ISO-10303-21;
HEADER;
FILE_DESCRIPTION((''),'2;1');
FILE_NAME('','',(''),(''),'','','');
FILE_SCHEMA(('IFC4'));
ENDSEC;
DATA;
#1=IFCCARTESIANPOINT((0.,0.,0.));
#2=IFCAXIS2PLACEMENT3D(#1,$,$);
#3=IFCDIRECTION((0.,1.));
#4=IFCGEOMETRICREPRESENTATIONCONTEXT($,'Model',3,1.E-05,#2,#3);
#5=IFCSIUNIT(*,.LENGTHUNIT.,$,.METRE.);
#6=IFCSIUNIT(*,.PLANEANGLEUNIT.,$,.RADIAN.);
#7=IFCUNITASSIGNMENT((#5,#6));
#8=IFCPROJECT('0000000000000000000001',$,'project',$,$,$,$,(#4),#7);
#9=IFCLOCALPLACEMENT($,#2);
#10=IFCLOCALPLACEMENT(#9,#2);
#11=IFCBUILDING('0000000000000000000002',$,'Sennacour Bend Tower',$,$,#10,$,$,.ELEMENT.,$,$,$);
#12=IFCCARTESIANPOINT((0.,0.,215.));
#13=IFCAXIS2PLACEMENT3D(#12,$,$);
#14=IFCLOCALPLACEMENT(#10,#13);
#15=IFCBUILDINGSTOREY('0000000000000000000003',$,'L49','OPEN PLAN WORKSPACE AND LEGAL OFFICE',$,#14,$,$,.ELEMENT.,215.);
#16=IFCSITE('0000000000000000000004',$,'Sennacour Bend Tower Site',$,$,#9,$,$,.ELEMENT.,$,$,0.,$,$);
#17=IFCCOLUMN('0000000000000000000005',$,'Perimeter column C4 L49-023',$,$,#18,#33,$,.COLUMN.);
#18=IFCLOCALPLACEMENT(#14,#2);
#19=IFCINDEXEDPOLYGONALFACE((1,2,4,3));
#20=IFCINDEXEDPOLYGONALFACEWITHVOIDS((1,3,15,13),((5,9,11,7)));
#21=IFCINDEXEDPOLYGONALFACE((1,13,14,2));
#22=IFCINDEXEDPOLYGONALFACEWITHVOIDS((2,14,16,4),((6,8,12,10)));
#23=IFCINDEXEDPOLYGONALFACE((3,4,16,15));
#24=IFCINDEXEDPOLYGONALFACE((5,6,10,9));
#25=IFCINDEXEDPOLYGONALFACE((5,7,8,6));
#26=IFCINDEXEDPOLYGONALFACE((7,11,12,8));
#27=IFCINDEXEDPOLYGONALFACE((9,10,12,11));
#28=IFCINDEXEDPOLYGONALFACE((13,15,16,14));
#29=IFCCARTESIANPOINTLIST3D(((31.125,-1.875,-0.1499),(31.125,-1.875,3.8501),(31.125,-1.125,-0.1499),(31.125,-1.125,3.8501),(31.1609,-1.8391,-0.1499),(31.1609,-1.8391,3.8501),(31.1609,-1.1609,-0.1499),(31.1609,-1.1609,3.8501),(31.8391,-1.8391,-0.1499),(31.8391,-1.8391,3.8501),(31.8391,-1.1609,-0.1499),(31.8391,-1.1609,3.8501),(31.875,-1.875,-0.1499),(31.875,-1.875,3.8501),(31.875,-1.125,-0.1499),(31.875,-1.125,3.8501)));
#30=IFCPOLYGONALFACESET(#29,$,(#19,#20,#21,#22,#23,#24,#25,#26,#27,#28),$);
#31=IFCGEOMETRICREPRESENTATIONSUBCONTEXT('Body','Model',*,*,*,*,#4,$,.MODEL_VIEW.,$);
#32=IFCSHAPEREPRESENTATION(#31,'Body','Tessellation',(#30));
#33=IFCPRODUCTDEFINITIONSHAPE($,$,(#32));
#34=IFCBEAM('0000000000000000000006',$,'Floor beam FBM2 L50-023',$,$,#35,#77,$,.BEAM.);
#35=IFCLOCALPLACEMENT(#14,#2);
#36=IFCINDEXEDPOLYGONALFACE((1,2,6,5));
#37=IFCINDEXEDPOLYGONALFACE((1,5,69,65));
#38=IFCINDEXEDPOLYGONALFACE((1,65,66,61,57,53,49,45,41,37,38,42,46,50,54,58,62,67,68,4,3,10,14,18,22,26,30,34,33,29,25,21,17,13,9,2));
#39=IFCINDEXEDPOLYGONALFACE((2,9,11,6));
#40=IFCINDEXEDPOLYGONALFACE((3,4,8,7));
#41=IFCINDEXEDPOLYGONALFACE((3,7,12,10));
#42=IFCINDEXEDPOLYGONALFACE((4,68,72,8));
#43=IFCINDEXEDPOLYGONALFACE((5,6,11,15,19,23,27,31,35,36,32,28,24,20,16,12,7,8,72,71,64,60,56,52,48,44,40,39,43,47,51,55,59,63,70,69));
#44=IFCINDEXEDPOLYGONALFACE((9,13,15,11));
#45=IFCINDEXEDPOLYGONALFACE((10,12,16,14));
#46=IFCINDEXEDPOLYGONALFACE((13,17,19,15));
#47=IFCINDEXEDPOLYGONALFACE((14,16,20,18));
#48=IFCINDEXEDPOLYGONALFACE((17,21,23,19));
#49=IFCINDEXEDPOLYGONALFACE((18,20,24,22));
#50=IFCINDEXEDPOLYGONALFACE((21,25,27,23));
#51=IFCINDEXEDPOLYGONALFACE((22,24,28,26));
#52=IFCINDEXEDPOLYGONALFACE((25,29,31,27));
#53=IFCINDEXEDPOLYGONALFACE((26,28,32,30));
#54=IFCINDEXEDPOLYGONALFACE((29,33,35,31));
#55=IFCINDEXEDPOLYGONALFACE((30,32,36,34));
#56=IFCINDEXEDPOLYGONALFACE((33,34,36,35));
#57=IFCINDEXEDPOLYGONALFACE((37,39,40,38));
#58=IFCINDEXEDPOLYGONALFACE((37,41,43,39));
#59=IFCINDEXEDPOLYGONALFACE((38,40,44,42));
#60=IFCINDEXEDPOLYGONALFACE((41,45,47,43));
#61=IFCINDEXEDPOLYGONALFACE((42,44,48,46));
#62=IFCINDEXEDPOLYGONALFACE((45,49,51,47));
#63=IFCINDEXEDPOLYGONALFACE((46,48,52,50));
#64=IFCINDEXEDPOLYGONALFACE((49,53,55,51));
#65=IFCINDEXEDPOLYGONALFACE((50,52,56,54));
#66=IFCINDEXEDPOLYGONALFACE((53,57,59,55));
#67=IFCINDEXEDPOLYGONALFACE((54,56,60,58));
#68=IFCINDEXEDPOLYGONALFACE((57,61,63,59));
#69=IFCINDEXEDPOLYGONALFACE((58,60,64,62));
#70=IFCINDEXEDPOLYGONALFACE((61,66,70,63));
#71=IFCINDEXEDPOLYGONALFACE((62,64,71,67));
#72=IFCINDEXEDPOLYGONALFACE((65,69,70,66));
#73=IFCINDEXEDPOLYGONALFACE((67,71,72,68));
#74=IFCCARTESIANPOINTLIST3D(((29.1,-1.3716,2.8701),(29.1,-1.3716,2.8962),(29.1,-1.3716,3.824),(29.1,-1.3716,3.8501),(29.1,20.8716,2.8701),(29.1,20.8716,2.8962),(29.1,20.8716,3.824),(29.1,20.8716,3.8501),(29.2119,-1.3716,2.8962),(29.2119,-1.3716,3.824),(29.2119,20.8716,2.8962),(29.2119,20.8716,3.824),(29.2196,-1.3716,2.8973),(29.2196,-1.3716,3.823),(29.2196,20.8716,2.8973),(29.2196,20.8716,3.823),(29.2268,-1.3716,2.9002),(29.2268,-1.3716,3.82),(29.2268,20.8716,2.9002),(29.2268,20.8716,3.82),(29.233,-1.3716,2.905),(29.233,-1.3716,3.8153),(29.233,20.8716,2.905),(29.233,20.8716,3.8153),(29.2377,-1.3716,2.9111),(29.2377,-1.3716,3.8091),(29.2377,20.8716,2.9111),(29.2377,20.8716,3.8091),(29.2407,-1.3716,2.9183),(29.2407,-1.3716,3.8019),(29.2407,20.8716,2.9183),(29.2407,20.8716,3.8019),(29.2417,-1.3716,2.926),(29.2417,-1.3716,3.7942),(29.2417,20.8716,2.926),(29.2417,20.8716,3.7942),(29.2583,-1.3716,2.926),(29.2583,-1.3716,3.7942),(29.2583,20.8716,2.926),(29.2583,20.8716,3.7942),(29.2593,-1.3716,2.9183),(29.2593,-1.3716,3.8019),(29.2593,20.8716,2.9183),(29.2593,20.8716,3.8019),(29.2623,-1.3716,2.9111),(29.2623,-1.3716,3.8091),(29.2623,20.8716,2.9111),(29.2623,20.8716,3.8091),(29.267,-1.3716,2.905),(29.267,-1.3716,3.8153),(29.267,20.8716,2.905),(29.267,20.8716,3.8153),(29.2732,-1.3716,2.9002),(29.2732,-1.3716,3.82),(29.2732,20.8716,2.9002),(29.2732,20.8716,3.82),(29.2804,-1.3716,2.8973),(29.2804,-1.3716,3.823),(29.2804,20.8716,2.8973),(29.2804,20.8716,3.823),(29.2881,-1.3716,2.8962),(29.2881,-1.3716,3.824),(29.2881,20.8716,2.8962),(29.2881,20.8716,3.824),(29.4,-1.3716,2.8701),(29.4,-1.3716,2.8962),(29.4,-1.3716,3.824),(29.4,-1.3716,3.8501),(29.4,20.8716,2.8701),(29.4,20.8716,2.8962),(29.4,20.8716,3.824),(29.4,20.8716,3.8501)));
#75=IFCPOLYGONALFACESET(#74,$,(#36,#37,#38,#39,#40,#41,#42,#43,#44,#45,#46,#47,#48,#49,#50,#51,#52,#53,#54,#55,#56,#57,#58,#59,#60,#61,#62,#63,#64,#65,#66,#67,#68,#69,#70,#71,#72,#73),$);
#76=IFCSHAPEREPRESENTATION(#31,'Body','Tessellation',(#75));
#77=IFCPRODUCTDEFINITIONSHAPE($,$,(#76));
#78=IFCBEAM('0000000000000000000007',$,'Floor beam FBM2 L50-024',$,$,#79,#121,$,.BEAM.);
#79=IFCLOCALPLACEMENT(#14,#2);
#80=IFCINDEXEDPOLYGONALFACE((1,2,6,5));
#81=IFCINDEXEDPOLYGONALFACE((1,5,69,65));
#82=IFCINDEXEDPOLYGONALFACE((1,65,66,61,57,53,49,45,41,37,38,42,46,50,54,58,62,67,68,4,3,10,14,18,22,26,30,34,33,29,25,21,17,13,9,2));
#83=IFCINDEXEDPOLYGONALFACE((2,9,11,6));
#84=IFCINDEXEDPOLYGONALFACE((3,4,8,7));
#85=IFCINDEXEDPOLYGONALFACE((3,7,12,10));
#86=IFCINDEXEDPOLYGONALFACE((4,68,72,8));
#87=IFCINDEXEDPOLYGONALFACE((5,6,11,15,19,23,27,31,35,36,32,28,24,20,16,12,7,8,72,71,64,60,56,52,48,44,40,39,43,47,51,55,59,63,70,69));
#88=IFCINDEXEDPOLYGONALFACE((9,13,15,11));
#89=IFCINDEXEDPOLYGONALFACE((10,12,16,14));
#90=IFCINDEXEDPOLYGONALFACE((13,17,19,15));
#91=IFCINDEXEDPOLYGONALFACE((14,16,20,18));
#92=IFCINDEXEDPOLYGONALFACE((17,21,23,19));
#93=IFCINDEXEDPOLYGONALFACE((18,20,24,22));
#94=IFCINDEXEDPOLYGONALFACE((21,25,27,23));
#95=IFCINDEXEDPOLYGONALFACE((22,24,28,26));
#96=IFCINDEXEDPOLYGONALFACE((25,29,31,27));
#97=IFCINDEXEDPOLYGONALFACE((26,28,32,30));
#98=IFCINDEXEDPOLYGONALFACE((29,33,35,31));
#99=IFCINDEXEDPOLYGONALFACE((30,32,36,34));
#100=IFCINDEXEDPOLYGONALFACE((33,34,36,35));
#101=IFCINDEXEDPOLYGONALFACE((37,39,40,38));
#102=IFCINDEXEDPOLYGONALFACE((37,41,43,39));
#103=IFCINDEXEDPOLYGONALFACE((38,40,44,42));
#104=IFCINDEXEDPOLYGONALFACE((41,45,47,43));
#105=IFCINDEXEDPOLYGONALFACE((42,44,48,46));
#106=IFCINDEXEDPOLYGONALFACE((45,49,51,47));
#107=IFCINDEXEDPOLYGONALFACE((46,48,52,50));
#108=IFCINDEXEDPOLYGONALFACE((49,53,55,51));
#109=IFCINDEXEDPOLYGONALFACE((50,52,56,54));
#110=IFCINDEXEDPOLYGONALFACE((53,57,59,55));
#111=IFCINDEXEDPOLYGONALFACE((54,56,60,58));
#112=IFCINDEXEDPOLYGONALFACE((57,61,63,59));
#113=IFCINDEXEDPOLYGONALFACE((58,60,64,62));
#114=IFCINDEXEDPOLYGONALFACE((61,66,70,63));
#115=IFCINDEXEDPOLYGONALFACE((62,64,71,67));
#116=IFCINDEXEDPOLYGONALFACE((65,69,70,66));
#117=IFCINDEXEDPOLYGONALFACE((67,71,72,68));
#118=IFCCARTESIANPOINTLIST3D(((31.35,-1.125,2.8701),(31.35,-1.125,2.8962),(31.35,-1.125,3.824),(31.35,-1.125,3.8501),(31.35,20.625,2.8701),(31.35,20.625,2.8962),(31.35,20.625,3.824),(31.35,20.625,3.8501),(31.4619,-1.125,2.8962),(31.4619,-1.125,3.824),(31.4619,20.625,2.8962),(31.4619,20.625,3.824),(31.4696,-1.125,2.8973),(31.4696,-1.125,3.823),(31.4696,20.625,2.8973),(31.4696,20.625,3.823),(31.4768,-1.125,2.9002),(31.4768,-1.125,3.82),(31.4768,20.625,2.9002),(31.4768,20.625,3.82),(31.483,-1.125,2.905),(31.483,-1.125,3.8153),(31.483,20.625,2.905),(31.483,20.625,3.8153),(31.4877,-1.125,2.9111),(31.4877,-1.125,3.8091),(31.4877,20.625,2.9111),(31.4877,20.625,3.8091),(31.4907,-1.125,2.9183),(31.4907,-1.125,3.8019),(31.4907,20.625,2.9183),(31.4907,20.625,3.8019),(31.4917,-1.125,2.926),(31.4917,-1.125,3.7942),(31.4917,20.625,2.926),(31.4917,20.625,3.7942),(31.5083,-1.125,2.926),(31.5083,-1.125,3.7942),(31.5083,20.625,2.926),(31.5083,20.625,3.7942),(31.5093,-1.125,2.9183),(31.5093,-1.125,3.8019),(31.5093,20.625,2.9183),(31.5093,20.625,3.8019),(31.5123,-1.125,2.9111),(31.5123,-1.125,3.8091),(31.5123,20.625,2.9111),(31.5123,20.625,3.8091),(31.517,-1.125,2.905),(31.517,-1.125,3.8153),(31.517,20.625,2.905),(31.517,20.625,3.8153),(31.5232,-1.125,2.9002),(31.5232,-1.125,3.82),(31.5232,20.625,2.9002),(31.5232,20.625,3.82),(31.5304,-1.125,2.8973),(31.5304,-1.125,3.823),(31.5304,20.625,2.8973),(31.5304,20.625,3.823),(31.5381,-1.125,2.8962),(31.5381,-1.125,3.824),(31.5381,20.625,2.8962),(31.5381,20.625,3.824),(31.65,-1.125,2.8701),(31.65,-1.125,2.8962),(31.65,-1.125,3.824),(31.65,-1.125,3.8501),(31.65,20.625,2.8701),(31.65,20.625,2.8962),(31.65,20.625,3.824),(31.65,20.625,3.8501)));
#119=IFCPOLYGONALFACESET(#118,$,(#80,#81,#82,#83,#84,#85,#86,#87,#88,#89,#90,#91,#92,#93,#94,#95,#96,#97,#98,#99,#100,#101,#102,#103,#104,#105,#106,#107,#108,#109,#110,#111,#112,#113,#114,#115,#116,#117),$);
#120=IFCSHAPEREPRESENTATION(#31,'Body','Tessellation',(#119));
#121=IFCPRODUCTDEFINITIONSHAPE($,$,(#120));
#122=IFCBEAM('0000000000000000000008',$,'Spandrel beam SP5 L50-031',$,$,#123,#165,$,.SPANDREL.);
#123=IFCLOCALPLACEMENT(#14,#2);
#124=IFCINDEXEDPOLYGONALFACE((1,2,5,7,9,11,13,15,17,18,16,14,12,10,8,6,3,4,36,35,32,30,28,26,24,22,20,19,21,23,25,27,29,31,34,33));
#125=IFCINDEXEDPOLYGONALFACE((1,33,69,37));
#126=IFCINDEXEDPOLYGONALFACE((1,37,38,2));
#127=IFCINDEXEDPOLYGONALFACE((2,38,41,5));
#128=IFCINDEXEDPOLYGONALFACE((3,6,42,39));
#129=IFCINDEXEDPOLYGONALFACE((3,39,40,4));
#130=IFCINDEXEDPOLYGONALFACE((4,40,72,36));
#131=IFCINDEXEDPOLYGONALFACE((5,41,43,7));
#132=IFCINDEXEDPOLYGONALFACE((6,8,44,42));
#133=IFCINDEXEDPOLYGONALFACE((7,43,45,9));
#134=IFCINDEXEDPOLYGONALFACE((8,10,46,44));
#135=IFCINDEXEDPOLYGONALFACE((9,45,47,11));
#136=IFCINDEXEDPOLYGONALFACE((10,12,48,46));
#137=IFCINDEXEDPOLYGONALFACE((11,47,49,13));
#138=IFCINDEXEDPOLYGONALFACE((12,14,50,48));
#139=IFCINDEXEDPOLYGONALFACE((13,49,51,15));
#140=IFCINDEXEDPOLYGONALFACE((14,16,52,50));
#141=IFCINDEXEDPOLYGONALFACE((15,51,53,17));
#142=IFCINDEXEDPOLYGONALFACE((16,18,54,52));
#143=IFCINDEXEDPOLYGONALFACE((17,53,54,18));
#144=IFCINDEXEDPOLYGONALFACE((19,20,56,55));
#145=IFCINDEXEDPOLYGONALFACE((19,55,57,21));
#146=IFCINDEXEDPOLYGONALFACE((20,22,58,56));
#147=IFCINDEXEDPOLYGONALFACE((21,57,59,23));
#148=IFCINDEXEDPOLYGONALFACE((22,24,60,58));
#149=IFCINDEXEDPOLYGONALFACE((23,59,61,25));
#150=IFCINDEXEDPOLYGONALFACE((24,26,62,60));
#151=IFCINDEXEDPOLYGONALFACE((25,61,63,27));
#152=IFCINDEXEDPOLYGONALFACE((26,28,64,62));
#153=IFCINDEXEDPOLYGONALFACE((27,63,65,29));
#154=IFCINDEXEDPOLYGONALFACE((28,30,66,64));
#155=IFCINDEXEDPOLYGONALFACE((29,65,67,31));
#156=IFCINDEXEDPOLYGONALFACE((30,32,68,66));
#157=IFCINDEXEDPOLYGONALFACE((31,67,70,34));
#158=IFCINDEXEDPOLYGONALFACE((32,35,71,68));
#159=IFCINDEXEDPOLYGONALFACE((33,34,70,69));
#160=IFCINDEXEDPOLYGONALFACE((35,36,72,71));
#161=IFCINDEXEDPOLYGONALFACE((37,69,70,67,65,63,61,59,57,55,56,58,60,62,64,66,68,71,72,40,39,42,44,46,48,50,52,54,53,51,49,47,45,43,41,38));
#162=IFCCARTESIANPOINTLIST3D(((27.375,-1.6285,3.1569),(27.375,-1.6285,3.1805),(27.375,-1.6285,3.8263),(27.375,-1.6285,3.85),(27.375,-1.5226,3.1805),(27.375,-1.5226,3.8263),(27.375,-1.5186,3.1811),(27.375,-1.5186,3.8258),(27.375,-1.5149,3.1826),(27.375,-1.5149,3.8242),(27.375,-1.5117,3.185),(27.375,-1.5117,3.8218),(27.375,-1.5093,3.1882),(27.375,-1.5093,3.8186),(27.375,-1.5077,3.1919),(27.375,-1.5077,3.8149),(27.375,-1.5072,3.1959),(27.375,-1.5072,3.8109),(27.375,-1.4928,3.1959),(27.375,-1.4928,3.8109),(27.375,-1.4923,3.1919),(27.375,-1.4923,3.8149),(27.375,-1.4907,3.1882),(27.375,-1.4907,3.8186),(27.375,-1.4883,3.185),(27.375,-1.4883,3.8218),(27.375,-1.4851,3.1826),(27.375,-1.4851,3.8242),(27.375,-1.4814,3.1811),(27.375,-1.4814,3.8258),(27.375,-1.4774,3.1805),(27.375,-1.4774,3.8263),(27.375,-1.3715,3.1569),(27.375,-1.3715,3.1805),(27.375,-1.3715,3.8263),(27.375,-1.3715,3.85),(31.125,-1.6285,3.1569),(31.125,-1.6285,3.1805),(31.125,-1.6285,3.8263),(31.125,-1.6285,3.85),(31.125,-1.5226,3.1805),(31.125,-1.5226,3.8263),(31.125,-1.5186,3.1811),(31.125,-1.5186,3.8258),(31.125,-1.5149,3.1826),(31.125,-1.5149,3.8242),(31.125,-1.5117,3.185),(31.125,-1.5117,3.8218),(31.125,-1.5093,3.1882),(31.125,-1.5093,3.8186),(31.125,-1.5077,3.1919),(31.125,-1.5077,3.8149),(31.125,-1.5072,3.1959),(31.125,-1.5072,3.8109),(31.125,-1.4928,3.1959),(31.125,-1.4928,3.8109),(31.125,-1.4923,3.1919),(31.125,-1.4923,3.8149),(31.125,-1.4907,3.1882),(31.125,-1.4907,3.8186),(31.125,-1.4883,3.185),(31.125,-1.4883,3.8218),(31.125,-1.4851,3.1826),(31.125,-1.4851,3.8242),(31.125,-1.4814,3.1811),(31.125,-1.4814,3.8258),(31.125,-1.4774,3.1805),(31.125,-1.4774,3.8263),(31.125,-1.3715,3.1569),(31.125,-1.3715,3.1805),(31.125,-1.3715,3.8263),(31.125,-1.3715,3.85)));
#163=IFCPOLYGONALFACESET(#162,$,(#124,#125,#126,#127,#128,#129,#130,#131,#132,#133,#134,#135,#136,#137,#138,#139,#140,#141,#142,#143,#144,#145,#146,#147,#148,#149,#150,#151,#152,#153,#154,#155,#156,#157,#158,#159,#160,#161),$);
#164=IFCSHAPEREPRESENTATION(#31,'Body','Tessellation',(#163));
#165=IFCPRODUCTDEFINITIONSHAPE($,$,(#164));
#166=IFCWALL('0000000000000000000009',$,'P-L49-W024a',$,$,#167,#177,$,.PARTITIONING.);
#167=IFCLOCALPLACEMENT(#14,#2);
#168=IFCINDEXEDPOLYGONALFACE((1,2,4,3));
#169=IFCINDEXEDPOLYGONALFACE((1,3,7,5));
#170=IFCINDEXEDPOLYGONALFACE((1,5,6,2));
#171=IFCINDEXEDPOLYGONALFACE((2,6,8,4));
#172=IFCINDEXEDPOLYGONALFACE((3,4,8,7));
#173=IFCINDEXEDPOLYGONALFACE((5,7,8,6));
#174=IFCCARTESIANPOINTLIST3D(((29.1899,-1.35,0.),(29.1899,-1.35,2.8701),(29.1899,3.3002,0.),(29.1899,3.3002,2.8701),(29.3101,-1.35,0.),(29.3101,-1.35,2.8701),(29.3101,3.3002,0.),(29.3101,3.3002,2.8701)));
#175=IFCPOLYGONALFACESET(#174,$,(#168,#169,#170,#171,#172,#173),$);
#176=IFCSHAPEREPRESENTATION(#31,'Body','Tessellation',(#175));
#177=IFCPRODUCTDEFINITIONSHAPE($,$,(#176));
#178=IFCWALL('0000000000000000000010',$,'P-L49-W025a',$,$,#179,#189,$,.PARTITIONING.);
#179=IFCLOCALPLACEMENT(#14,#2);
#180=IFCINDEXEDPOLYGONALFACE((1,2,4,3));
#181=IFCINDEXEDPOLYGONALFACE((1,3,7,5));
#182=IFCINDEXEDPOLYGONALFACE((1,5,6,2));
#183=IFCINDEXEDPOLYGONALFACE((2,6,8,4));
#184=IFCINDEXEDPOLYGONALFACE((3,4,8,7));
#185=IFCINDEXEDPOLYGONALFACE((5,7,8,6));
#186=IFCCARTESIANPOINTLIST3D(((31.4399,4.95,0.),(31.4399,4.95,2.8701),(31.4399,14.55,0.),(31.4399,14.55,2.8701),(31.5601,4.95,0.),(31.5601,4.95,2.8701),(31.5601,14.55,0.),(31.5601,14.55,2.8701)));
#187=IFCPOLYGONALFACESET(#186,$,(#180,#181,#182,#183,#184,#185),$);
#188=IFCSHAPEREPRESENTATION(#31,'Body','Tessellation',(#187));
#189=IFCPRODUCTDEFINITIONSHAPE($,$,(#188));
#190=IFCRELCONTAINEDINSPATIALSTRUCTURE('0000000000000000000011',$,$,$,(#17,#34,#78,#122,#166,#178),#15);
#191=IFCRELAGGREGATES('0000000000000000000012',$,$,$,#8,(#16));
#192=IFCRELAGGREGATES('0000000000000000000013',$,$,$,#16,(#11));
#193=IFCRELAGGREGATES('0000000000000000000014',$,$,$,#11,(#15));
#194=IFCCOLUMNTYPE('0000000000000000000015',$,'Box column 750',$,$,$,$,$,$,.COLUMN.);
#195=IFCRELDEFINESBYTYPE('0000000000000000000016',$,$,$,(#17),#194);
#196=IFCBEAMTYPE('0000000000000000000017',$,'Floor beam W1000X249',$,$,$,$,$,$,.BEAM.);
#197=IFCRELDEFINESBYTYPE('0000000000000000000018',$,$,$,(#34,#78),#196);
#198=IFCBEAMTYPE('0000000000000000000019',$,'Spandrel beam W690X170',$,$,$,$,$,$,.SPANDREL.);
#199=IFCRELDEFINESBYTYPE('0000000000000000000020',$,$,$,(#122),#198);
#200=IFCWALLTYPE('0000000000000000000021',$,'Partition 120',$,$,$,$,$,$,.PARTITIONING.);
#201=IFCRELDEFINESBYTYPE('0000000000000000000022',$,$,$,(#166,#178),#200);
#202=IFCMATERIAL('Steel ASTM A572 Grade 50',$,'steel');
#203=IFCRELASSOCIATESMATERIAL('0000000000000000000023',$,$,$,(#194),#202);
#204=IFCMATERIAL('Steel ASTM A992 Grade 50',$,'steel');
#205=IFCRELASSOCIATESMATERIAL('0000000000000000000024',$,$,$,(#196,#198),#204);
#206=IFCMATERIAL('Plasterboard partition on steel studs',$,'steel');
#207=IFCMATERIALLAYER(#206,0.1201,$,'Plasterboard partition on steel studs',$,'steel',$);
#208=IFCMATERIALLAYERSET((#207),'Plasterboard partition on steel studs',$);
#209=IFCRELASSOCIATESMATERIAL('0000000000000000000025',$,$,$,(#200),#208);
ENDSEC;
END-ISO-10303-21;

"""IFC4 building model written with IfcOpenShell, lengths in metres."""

from ifc_helpers import new_model, si_unit, direction, frame, frame_2d, origin, origin_2d, place, context, subcontext, project, spatial, rectangle, hollow_rectangle, i_section, extrude, material, layer, layer_set, material_profile, profile_set, type_object, element, save


model = new_model("IFC4")

# Units and contexts
model_context = context("Model", 3, precision=1e-05, world=origin(), true_north=direction((0.0, 1.0)))
body_context = subcontext(model_context, "Body", "Model", "MODEL_VIEW")
ifc_project = project(units=[si_unit("LENGTHUNIT", "METRE"), si_unit("PLANEANGLEUNIT", "RADIAN")], contexts=[model_context])

# Site, building, storey
site_placement = place(None, origin())
site = spatial("IfcSite", under=ifc_project, at=site_placement, Name="Sennacour Bend Tower Site", CompositionType="ELEMENT", RefElevation=0.0)
building_placement = place(site_placement, origin())
building = spatial("IfcBuilding", under=site, at=building_placement, Name="Sennacour Bend Tower", CompositionType="ELEMENT")
storey_placement = place(building_placement, frame((0.0, 0.0, 215.0)))
storey = spatial("IfcBuildingStorey", under=building, at=storey_placement, Name="L49", Description="OPEN PLAN WORKSPACE AND LEGAL OFFICE", CompositionType="ELEMENT", Elevation=215.0)

# Column
ifc_material_1 = material(Name="Steel ASTM A572 Grade 50", Category="steel")
ifc_material_profile_1 = material_profile(ifc_material_1, hollow_rectangle(XDim=0.75, YDim=0.75, WallThickness=0.0359, at=origin_2d()), Name="Steel ASTM A572 Grade 50", Category="steel")
ifc_profile_set_1 = profile_set([ifc_material_profile_1], Name="Steel ASTM A572 Grade 50")
column_type = type_object("IfcColumnType", Name="Box column 750", PredefinedType="COLUMN", material=ifc_profile_set_1)
column_placement = place(storey_placement, frame((31.5, -1.5, -0.1499), z_axis=(0.0, 0.0, 1.0), x_axis=(1.0, 0.0, 0.0)))
element("IfcColumn", 1, at=column_placement, inside=storey, type_object=column_type, Name="Perimeter column C4 L49-023", PredefinedType="COLUMN", context=body_context, shape_type="SweptSolid", body=[
    extrude(hollow_rectangle(XDim=0.75, YDim=0.75, WallThickness=0.0359, at=origin_2d()), origin(), (0.0, 0.0, 1.0), 4.0),
])

# Beams
ifc_material_2 = material(Name="Steel ASTM A992 Grade 50", Category="steel")
ifc_material_profile_2 = material_profile(ifc_material_2, i_section(OverallWidth=0.3, OverallDepth=0.98, WebThickness=0.0166, FlangeThickness=0.0261, FilletRadius=0.0298, at=origin_2d()), Name="Steel ASTM A992 Grade 50", Category="steel")
ifc_profile_set_2 = profile_set([ifc_material_profile_2], Name="Steel ASTM A992 Grade 50")
beam_type_1 = type_object("IfcBeamType", Name="Floor beam W1000X249", PredefinedType="BEAM", material=ifc_profile_set_2)
beam_1_placement = place(storey_placement, frame((29.25, -1.3716, 3.3601), z_axis=(0.0, 1.0, 0.0), x_axis=(-1.0, 0.0, 0.0)))
element("IfcBeam", 2, at=beam_1_placement, inside=storey, type_object=beam_type_1, Name="Floor beam FBM2 L50-023", PredefinedType="BEAM", context=body_context, shape_type="SweptSolid", body=[
    extrude(i_section(OverallWidth=0.3, OverallDepth=0.98, WebThickness=0.0166, FlangeThickness=0.0261, FilletRadius=0.0298, at=origin_2d()), origin(), (0.0, 0.0, 1.0), 22.2432),
])
beam_2_placement = place(storey_placement, frame((31.5, -1.125, 3.3601), z_axis=(0.0, 1.0, 0.0), x_axis=(-1.0, 0.0, 0.0)))
element("IfcBeam", 3, at=beam_2_placement, inside=storey, type_object=beam_type_1, Name="Floor beam FBM2 L50-024", PredefinedType="BEAM", context=body_context, shape_type="SweptSolid", body=[
    extrude(i_section(OverallWidth=0.3, OverallDepth=0.98, WebThickness=0.0166, FlangeThickness=0.0261, FilletRadius=0.0298, at=origin_2d()), origin(), (0.0, 0.0, 1.0), 21.75),
])
ifc_material_profile_3 = material_profile(ifc_material_2, i_section(OverallWidth=0.2571, OverallDepth=0.6931, WebThickness=0.0144, FlangeThickness=0.0237, FilletRadius=0.0154, at=origin_2d()), Name="Steel ASTM A992 Grade 50", Category="steel")
ifc_profile_set_3 = profile_set([ifc_material_profile_3], Name="Steel ASTM A992 Grade 50")
beam_type_2 = type_object("IfcBeamType", Name="Spandrel beam W690X170", PredefinedType="SPANDREL", material=ifc_profile_set_3)
beam_3_placement = place(storey_placement, frame((31.125, -1.5, 3.5034), z_axis=(-1.0, 0.0, 0.0), x_axis=(0.0, -1.0, 0.0)))
element("IfcBeam", 4, at=beam_3_placement, inside=storey, type_object=beam_type_2, Name="Spandrel beam SP5 L50-031", PredefinedType="SPANDREL", context=body_context, shape_type="SweptSolid", body=[
    extrude(i_section(OverallWidth=0.2571, OverallDepth=0.6931, WebThickness=0.0144, FlangeThickness=0.0237, FilletRadius=0.0154, at=origin_2d()), origin(), (0.0, 0.0, 1.0), 3.75),
])

# Walls
ifc_material_3 = material(Name="Plasterboard partition on steel studs", Category="steel")
ifc_layer_1 = layer(ifc_material_3, 0.1201, Name="Plasterboard partition on steel studs", Category="steel")
ifc_layer_set_1 = layer_set([ifc_layer_1], Name="Plasterboard partition on steel studs")
wall_type_1 = type_object("IfcWallType", Name="Partition 120", PredefinedType="PARTITIONING", material=ifc_layer_set_1)
wall_1_placement = place(storey_placement, frame((29.25, -1.3501, 0.0), z_axis=(0.0, 0.0, 1.0), x_axis=(0.0, 1.0, 0.0)))
element("IfcWall", 5, at=wall_1_placement, inside=storey, type_object=wall_type_1, Name="P-L49-W024a", PredefinedType="PARTITIONING", context=body_context, shape_type="SweptSolid", body=[
    extrude(rectangle(XDim=4.6501, YDim=0.1201, at=frame_2d((2.3252, 0.0))), origin(), (0.0, 0.0, 1.0), 2.8701),
])
wall_2_placement = place(storey_placement, frame((31.5, 4.95, 0.0), z_axis=(0.0, 0.0, 1.0), x_axis=(0.0, 1.0, 0.0)))
element("IfcWall", 6, at=wall_2_placement, inside=storey, type_object=wall_type_1, Name="P-L49-W025a", PredefinedType="PARTITIONING", context=body_context, shape_type="SweptSolid", body=[
    extrude(rectangle(XDim=9.6001, YDim=0.1201, at=frame_2d((4.8, 0.0))), origin(), (0.0, 0.0, 1.0), 2.8701),
])

save(model, "model.ifc")
